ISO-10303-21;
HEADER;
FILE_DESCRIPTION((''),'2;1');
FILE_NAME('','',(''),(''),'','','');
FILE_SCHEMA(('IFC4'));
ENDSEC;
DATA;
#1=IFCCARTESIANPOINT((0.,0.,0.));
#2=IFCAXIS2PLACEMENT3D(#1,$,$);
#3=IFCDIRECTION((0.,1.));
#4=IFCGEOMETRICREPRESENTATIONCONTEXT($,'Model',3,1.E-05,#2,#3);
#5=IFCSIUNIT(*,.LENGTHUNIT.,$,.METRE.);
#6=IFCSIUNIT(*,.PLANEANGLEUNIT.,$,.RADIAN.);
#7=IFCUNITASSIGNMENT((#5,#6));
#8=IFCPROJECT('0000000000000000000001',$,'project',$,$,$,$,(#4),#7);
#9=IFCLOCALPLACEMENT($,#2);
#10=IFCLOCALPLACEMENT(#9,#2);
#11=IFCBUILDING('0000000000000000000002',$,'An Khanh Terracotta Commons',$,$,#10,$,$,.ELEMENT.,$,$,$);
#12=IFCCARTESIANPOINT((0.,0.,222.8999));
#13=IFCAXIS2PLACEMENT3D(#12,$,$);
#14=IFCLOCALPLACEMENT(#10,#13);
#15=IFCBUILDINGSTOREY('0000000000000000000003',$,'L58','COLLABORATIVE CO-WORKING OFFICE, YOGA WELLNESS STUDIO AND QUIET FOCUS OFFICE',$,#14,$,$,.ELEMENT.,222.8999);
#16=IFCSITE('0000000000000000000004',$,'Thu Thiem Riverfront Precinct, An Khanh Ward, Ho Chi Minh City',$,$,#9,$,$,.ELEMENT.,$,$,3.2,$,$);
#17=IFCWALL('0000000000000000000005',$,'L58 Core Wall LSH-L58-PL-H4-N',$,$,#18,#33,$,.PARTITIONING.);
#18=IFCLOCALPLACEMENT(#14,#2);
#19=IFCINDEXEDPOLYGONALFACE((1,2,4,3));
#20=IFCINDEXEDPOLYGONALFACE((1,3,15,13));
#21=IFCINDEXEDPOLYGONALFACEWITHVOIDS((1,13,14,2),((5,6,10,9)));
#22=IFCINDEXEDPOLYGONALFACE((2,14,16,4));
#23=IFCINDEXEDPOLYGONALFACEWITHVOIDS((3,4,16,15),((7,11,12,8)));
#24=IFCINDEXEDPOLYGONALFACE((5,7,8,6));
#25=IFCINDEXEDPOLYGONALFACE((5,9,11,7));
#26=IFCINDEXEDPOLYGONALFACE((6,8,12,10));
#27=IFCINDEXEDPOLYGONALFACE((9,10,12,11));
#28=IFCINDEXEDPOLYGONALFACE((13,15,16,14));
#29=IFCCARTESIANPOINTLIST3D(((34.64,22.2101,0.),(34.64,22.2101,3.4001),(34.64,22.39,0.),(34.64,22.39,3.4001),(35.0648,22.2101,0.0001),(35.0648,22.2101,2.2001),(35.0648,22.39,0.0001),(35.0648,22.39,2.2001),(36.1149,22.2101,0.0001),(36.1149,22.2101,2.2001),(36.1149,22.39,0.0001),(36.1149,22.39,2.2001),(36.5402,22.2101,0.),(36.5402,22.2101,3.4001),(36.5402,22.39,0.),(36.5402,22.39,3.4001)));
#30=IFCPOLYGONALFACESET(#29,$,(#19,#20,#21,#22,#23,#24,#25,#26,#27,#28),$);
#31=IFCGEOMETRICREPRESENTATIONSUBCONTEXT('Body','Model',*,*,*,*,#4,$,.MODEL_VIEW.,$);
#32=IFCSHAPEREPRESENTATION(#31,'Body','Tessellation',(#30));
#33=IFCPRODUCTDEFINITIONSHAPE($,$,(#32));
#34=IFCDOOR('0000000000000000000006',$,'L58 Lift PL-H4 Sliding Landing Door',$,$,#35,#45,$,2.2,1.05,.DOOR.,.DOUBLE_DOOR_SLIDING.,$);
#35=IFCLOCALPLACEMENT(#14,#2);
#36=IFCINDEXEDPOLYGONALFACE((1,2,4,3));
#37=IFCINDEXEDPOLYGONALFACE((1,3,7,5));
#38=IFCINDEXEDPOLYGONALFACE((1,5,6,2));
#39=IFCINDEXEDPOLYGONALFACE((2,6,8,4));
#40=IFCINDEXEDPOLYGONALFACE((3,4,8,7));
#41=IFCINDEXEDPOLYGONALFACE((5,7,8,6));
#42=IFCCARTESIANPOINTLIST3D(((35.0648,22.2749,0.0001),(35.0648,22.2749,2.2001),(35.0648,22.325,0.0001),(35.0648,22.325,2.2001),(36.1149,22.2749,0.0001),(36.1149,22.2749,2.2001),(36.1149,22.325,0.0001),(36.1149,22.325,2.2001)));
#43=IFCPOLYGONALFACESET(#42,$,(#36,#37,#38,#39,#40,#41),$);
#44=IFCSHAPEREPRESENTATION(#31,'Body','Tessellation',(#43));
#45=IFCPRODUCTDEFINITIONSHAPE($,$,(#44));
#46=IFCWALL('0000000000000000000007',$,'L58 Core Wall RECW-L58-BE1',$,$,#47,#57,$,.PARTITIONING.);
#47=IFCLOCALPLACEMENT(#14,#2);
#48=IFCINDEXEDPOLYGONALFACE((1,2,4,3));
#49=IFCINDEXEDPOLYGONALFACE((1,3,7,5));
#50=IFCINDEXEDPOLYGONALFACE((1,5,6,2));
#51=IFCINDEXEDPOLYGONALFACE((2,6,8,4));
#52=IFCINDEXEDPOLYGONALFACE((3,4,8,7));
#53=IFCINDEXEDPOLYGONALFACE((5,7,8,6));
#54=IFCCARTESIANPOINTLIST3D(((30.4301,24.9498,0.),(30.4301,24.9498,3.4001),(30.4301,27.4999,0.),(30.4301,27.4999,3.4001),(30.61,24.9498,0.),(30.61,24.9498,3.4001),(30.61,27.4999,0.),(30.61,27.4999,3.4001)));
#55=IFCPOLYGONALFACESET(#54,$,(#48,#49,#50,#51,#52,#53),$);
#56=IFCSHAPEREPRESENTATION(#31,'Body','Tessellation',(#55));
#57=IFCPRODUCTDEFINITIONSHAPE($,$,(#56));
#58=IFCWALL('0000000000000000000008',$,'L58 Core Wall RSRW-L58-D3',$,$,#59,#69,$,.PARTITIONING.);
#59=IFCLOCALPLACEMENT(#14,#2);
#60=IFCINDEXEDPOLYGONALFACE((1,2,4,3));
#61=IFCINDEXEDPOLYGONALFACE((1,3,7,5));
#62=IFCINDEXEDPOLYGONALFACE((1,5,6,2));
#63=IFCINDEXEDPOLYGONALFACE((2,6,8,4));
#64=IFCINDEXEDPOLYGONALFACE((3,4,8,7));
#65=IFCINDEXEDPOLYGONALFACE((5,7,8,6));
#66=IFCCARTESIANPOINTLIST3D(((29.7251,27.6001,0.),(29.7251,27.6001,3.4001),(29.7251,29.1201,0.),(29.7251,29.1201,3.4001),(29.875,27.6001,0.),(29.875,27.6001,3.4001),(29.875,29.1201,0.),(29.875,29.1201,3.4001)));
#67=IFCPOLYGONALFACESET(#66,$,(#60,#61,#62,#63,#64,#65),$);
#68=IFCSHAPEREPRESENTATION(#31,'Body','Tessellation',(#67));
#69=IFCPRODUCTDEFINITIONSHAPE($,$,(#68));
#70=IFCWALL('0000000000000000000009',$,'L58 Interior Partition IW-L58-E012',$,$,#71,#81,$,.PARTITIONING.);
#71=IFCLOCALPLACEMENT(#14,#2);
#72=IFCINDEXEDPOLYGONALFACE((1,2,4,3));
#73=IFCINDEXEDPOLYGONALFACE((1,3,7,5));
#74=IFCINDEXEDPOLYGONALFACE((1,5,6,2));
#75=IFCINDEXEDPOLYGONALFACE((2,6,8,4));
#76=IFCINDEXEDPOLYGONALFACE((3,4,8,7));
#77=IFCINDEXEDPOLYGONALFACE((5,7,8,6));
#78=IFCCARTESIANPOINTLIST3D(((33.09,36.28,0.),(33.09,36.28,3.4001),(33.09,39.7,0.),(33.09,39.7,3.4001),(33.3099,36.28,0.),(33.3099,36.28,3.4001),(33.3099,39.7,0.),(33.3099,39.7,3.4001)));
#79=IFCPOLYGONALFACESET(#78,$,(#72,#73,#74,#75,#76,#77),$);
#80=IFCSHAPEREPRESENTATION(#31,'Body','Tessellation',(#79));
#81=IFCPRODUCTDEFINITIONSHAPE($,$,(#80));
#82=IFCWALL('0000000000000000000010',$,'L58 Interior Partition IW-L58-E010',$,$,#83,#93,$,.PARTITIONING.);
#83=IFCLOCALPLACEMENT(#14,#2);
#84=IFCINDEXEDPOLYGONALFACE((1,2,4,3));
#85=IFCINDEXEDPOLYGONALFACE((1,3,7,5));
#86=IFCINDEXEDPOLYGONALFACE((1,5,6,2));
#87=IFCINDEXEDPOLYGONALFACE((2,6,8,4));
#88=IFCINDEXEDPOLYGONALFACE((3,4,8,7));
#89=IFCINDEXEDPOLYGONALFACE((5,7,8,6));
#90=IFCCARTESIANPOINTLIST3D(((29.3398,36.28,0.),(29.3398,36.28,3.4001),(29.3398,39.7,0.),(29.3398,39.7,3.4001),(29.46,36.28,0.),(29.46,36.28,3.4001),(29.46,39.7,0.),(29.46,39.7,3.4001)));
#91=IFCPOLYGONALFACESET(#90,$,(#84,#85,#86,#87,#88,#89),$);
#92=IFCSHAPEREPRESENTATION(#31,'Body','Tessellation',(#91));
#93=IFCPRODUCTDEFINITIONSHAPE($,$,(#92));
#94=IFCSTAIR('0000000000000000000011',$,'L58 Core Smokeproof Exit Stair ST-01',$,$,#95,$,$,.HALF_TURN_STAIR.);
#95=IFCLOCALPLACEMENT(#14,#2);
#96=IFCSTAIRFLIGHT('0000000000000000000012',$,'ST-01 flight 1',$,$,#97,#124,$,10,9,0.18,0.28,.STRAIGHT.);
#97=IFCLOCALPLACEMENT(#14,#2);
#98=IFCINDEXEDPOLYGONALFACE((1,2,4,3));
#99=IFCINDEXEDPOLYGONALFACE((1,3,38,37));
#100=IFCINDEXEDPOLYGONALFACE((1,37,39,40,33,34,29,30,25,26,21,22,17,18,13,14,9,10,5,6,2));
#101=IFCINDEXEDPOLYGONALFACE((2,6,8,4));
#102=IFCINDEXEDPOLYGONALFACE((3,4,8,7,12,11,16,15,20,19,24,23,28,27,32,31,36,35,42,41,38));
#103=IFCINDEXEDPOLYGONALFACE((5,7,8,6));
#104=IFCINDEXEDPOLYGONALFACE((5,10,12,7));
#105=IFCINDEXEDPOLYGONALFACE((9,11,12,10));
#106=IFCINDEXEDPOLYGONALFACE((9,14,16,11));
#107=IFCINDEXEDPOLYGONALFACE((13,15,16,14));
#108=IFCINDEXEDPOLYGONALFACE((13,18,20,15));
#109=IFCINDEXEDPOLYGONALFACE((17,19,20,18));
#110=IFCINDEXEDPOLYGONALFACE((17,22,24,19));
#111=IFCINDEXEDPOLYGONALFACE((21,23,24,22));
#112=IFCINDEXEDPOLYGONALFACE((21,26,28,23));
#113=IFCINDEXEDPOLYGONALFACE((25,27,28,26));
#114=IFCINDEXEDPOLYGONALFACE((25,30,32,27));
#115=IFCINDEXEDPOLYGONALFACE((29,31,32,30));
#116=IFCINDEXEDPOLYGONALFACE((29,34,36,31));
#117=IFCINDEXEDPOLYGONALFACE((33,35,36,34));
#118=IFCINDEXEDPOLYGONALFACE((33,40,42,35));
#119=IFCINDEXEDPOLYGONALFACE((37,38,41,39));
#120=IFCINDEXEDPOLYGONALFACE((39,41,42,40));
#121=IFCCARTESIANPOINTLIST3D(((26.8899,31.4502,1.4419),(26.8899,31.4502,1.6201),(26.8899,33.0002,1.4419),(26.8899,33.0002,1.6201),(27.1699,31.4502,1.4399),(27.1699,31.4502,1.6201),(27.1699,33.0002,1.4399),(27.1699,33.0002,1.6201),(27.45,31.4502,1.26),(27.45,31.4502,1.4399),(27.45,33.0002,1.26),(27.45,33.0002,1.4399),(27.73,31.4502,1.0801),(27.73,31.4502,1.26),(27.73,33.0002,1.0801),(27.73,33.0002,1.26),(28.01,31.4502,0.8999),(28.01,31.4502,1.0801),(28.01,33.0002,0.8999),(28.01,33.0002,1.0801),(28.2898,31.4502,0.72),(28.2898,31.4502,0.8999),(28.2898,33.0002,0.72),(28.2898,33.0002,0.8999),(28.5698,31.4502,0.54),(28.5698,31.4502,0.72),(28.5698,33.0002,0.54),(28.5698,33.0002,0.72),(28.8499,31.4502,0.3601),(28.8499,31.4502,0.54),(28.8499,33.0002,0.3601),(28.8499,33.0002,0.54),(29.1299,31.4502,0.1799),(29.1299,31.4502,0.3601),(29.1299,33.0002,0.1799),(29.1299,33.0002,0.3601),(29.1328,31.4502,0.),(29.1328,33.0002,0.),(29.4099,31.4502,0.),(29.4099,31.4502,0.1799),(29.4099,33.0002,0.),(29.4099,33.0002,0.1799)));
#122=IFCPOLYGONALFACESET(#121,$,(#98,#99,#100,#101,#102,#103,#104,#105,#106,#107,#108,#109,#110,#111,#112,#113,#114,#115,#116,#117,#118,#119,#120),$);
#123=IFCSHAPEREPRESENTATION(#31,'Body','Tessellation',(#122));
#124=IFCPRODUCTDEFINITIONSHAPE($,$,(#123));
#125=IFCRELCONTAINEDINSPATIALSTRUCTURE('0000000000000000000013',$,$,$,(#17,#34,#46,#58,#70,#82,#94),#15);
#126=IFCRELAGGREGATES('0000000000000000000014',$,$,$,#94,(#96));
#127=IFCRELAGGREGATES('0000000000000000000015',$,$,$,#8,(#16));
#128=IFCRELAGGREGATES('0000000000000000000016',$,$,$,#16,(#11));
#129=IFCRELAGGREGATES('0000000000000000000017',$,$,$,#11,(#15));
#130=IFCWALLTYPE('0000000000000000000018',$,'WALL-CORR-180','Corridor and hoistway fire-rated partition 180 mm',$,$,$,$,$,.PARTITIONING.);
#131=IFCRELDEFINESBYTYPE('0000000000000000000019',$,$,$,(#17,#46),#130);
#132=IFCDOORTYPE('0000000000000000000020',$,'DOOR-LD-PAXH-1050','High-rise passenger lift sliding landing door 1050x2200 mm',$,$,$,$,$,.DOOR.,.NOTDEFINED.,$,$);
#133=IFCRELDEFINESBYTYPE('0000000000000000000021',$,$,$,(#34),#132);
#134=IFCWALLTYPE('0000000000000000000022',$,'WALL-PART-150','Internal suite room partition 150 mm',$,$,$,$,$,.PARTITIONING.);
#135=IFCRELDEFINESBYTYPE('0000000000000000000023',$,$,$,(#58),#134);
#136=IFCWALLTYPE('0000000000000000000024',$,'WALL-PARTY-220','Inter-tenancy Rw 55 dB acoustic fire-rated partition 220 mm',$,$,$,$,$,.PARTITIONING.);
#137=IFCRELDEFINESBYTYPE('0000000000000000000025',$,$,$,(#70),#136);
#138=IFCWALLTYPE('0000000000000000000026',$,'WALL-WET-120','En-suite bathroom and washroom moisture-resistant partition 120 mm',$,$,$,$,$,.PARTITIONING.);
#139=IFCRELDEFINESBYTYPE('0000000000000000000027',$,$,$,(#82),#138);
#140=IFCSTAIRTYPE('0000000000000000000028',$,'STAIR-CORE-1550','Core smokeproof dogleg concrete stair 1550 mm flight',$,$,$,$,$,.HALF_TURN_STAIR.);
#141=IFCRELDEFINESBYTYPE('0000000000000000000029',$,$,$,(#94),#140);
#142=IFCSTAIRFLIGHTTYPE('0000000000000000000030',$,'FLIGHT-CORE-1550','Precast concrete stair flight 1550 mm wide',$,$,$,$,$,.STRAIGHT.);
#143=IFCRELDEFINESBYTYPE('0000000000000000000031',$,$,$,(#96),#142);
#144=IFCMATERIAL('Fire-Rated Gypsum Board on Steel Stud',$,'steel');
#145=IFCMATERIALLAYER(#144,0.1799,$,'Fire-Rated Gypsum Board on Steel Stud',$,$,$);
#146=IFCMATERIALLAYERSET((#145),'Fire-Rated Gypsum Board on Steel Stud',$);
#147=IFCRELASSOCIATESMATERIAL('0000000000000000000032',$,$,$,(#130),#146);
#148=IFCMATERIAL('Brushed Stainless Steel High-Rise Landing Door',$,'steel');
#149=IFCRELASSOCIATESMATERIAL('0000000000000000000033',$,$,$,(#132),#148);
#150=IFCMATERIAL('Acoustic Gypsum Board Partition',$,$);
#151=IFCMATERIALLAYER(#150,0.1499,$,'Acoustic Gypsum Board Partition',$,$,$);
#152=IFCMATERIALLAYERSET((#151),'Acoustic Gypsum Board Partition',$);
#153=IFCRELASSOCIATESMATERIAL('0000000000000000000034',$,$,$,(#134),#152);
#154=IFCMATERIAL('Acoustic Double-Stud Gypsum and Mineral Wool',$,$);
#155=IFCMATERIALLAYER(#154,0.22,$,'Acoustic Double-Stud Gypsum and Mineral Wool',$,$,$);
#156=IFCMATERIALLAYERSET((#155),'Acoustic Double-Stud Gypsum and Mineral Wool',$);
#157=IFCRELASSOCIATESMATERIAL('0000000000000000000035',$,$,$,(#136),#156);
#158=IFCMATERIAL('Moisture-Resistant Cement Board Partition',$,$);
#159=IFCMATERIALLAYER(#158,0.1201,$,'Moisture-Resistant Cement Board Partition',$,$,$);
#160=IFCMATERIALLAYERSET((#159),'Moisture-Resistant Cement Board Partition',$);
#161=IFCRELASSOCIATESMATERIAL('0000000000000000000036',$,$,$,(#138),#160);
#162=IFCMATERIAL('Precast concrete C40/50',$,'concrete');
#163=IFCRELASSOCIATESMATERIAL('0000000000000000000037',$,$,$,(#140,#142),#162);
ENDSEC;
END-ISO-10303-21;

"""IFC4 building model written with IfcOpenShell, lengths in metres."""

from ifc_helpers import new_model, si_unit, direction, frame, frame_2d, origin, place, context, subcontext, project, spatial, polyline, rectangle, outline, extrude, material, layer, layer_set, type_object, element, fill, aggregate, save


model = new_model("IFC4")

# Units and contexts
model_context = context("Model", 3, precision=1e-05, world=origin(), true_north=direction((0.0, 1.0)))
body_context = subcontext(model_context, "Body", "Model", "MODEL_VIEW")
ifc_project = project(units=[si_unit("LENGTHUNIT", "METRE"), si_unit("PLANEANGLEUNIT", "RADIAN")], contexts=[model_context])

# Site, building, storey
site_placement = place(None, origin())
site = spatial("IfcSite", under=ifc_project, at=site_placement, Name="Thu Thiem Riverfront Precinct, An Khanh Ward, Ho Chi Minh City", CompositionType="ELEMENT", RefElevation=3.2)
building_placement = place(site_placement, origin())
building = spatial("IfcBuilding", under=site, at=building_placement, Name="An Khanh Terracotta Commons", CompositionType="ELEMENT")
storey_placement = place(building_placement, frame((0.0, 0.0, 222.8999)))
storey = spatial("IfcBuildingStorey", under=building, at=storey_placement, Name="L58", Description="COLLABORATIVE CO-WORKING OFFICE, YOGA WELLNESS STUDIO AND QUIET FOCUS OFFICE", CompositionType="ELEMENT", Elevation=222.8999)

# Shared definitions
ifc_material_1 = material(Name="Fire-Rated Gypsum Board on Steel Stud", Category="steel")
ifc_layer_1 = layer(ifc_material_1, 0.1799, Name="Fire-Rated Gypsum Board on Steel Stud")
ifc_layer_set_1 = layer_set([ifc_layer_1], Name="Fire-Rated Gypsum Board on Steel Stud")
wall_type_1 = type_object("IfcWallType", Name="WALL-CORR-180", Description="Corridor and hoistway fire-rated partition 180 mm", PredefinedType="PARTITIONING", material=ifc_layer_set_1)

# Shared definitions
ifc_material_2 = material(Name="Brushed Stainless Steel High-Rise Landing Door", Category="steel")
door_type_1 = type_object("IfcDoorType", Name="DOOR-LD-PAXH-1050", Description="High-rise passenger lift sliding landing door 1050x2200 mm", OperationType="NOTDEFINED", PredefinedType="DOOR", material=ifc_material_2)

# Wall, opening, door
wall_1_placement = place(storey_placement, frame((34.6399, 22.3, 0.0), z_axis=(0.0, 0.0, 1.0), x_axis=(1.0, 0.0, 0.0)))
wall_1 = element("IfcWall", 1, at=wall_1_placement, inside=storey, type_object=wall_type_1, Name="L58 Core Wall LSH-L58-PL-H4-N", PredefinedType="PARTITIONING", context=body_context, shape_type="SweptSolid", body=[
    extrude(rectangle(XDim=1.9001, YDim=0.1799, at=frame_2d((0.9502, 0.0))), origin(), (0.0, 0.0, 1.0), 3.4001),
])
opening_1_placement = place(wall_1_placement, frame((0.425, 0.0, 0.0)))
opening_1 = element("IfcOpeningElement", 2, at=opening_1_placement, cuts=wall_1, PredefinedType="OPENING", context=body_context, shape_type="SweptSolid", body=[
    extrude(rectangle(XDim=1.05, YDim=2.2, at=frame_2d((0.5249, 1.1001))), frame((0.0, 0.0999, 0.0), z_axis=(0.0, -1.0, 0.0), x_axis=(1.0, 0.0, 0.0)), (0.0, 0.0, 1.0), 0.2),
])
door_1_placement = place(opening_1_placement, origin())
door_1 = element("IfcDoor", 3, at=door_1_placement, inside=storey, type_object=door_type_1, Name="L58 Lift PL-H4 Sliding Landing Door", OperationType="DOUBLE_DOOR_SLIDING", OverallHeight=2.2, OverallWidth=1.05, PredefinedType="DOOR", context=body_context, shape_type="SweptSolid", body=[
    extrude(rectangle(XDim=1.05, YDim=2.2, at=frame_2d((0.5249, 1.1001))), frame((0.0, 0.0249, 0.0), z_axis=(0.0, -1.0, 0.0), x_axis=(1.0, 0.0, 0.0)), (0.0, 0.0, 1.0), 0.05),
])
fill(opening_1, door_1)

# Walls
wall_2_placement = place(storey_placement, frame((30.52, 24.95, 0.0), z_axis=(0.0, 0.0, 1.0), x_axis=(0.0, 1.0, 0.0)))
element("IfcWall", 4, at=wall_2_placement, inside=storey, type_object=wall_type_1, Name="L58 Core Wall RECW-L58-BE1", PredefinedType="PARTITIONING", context=body_context, shape_type="SweptSolid", body=[
    extrude(rectangle(XDim=2.55, YDim=0.1799, at=frame_2d((1.2749, 0.0))), origin(), (0.0, 0.0, 1.0), 3.4001),
])
ifc_material_3 = material(Name="Acoustic Gypsum Board Partition")
ifc_layer_2 = layer(ifc_material_3, 0.1499, Name="Acoustic Gypsum Board Partition")
ifc_layer_set_2 = layer_set([ifc_layer_2], Name="Acoustic Gypsum Board Partition")
wall_type_2 = type_object("IfcWallType", Name="WALL-PART-150", Description="Internal suite room partition 150 mm", PredefinedType="PARTITIONING", material=ifc_layer_set_2)
wall_3_placement = place(storey_placement, frame((29.8, 27.6001, 0.0), z_axis=(0.0, 0.0, 1.0), x_axis=(0.0, 1.0, 0.0)))
element("IfcWall", 5, at=wall_3_placement, inside=storey, type_object=wall_type_2, Name="L58 Core Wall RSRW-L58-D3", PredefinedType="PARTITIONING", context=body_context, shape_type="SweptSolid", body=[
    extrude(rectangle(XDim=1.52, YDim=0.1499, at=frame_2d((0.76, 0.0))), origin(), (0.0, 0.0, 1.0), 3.4001),
])
ifc_material_4 = material(Name="Acoustic Double-Stud Gypsum and Mineral Wool")
ifc_layer_3 = layer(ifc_material_4, 0.22, Name="Acoustic Double-Stud Gypsum and Mineral Wool")
ifc_layer_set_3 = layer_set([ifc_layer_3], Name="Acoustic Double-Stud Gypsum and Mineral Wool")
wall_type_3 = type_object("IfcWallType", Name="WALL-PARTY-220", Description="Inter-tenancy Rw 55 dB acoustic fire-rated partition 220 mm", PredefinedType="PARTITIONING", material=ifc_layer_set_3)
wall_4_placement = place(storey_placement, frame((33.2, 36.28, 0.0), z_axis=(0.0, 0.0, 1.0), x_axis=(0.0, 1.0, 0.0)))
element("IfcWall", 6, at=wall_4_placement, inside=storey, type_object=wall_type_3, Name="L58 Interior Partition IW-L58-E012", PredefinedType="PARTITIONING", context=body_context, shape_type="SweptSolid", body=[
    extrude(rectangle(XDim=3.4199, YDim=0.22, at=frame_2d((1.71, 0.0))), origin(), (0.0, 0.0, 1.0), 3.4001),
])

# Wall
ifc_material_5 = material(Name="Moisture-Resistant Cement Board Partition")
ifc_layer_4 = layer(ifc_material_5, 0.1201, Name="Moisture-Resistant Cement Board Partition")
ifc_layer_set_4 = layer_set([ifc_layer_4], Name="Moisture-Resistant Cement Board Partition")
wall_type_4 = type_object("IfcWallType", Name="WALL-WET-120", Description="En-suite bathroom and washroom moisture-resistant partition 120 mm", PredefinedType="PARTITIONING", material=ifc_layer_set_4)
wall_5_placement = place(storey_placement, frame((29.3999, 36.28, 0.0), z_axis=(0.0, 0.0, 1.0), x_axis=(0.0, 1.0, 0.0)))
element("IfcWall", 7, at=wall_5_placement, inside=storey, type_object=wall_type_4, Name="L58 Interior Partition IW-L58-E010", PredefinedType="PARTITIONING", context=body_context, shape_type="SweptSolid", body=[
    extrude(rectangle(XDim=3.4199, YDim=0.1201, at=frame_2d((1.71, 0.0))), origin(), (0.0, 0.0, 1.0), 3.4001),
])

# Stair, stair flight
ifc_material_6 = material(Name="Precast concrete C40/50", Category="concrete")
stair_type = type_object("IfcStairType", Name="STAIR-CORE-1550", Description="Core smokeproof dogleg concrete stair 1550 mm flight", PredefinedType="HALF_TURN_STAIR", material=ifc_material_6)
stair_placement = place(storey_placement, origin())
stair = element("IfcStair", 8, at=stair_placement, inside=storey, type_object=stair_type, Name="L58 Core Smokeproof Exit Stair ST-01", PredefinedType="HALF_TURN_STAIR")
stair_flight_type = type_object("IfcStairFlightType", Name="FLIGHT-CORE-1550", Description="Precast concrete stair flight 1550 mm wide", PredefinedType="STRAIGHT", material=ifc_material_6)
stair_flight_placement = place(storey_placement, frame((29.4099, 32.2251, 0.0), z_axis=(0.0, 0.0, 1.0), x_axis=(-1.0, 0.0, 0.0)))
stair_flight = element("IfcStairFlight", 9, at=stair_flight_placement, type_object=stair_flight_type, Name="ST-01 flight 1", NumberOfRisers=10, NumberOfTreads=9, PredefinedType="STRAIGHT", RiserHeight=0.18, TreadLength=0.28, context=body_context, shape_type="SweptSolid", body=[
    extrude(outline(polyline([(0.0, 0.0), (0.0, 0.1799), (0.28, 0.1799), (0.28, 0.3601), (0.5601, 0.3601), (0.5601, 0.54), (0.8401, 0.54), (0.8401, 0.72), (1.1201, 0.72), (1.1201, 0.8999), (1.3999, 0.8999), (1.3999, 1.0801), (1.6799, 1.0801), (1.6799, 1.26), (1.96, 1.26), (1.96, 1.4399), (2.24, 1.4399), (2.24, 1.6201), (2.52, 1.6201), (2.52, 1.8), (2.52, 1.4419), (0.2771, 0.0), (0.0, 0.0)])), frame((0.0, 0.7749, 0.0), z_axis=(0.0, -1.0, 0.0), x_axis=(1.0, 0.0, 0.0)), (0.0, 0.0, 1.0), 1.55),
])
aggregate(stair, [stair_flight])

save(model, "model.ifc")
